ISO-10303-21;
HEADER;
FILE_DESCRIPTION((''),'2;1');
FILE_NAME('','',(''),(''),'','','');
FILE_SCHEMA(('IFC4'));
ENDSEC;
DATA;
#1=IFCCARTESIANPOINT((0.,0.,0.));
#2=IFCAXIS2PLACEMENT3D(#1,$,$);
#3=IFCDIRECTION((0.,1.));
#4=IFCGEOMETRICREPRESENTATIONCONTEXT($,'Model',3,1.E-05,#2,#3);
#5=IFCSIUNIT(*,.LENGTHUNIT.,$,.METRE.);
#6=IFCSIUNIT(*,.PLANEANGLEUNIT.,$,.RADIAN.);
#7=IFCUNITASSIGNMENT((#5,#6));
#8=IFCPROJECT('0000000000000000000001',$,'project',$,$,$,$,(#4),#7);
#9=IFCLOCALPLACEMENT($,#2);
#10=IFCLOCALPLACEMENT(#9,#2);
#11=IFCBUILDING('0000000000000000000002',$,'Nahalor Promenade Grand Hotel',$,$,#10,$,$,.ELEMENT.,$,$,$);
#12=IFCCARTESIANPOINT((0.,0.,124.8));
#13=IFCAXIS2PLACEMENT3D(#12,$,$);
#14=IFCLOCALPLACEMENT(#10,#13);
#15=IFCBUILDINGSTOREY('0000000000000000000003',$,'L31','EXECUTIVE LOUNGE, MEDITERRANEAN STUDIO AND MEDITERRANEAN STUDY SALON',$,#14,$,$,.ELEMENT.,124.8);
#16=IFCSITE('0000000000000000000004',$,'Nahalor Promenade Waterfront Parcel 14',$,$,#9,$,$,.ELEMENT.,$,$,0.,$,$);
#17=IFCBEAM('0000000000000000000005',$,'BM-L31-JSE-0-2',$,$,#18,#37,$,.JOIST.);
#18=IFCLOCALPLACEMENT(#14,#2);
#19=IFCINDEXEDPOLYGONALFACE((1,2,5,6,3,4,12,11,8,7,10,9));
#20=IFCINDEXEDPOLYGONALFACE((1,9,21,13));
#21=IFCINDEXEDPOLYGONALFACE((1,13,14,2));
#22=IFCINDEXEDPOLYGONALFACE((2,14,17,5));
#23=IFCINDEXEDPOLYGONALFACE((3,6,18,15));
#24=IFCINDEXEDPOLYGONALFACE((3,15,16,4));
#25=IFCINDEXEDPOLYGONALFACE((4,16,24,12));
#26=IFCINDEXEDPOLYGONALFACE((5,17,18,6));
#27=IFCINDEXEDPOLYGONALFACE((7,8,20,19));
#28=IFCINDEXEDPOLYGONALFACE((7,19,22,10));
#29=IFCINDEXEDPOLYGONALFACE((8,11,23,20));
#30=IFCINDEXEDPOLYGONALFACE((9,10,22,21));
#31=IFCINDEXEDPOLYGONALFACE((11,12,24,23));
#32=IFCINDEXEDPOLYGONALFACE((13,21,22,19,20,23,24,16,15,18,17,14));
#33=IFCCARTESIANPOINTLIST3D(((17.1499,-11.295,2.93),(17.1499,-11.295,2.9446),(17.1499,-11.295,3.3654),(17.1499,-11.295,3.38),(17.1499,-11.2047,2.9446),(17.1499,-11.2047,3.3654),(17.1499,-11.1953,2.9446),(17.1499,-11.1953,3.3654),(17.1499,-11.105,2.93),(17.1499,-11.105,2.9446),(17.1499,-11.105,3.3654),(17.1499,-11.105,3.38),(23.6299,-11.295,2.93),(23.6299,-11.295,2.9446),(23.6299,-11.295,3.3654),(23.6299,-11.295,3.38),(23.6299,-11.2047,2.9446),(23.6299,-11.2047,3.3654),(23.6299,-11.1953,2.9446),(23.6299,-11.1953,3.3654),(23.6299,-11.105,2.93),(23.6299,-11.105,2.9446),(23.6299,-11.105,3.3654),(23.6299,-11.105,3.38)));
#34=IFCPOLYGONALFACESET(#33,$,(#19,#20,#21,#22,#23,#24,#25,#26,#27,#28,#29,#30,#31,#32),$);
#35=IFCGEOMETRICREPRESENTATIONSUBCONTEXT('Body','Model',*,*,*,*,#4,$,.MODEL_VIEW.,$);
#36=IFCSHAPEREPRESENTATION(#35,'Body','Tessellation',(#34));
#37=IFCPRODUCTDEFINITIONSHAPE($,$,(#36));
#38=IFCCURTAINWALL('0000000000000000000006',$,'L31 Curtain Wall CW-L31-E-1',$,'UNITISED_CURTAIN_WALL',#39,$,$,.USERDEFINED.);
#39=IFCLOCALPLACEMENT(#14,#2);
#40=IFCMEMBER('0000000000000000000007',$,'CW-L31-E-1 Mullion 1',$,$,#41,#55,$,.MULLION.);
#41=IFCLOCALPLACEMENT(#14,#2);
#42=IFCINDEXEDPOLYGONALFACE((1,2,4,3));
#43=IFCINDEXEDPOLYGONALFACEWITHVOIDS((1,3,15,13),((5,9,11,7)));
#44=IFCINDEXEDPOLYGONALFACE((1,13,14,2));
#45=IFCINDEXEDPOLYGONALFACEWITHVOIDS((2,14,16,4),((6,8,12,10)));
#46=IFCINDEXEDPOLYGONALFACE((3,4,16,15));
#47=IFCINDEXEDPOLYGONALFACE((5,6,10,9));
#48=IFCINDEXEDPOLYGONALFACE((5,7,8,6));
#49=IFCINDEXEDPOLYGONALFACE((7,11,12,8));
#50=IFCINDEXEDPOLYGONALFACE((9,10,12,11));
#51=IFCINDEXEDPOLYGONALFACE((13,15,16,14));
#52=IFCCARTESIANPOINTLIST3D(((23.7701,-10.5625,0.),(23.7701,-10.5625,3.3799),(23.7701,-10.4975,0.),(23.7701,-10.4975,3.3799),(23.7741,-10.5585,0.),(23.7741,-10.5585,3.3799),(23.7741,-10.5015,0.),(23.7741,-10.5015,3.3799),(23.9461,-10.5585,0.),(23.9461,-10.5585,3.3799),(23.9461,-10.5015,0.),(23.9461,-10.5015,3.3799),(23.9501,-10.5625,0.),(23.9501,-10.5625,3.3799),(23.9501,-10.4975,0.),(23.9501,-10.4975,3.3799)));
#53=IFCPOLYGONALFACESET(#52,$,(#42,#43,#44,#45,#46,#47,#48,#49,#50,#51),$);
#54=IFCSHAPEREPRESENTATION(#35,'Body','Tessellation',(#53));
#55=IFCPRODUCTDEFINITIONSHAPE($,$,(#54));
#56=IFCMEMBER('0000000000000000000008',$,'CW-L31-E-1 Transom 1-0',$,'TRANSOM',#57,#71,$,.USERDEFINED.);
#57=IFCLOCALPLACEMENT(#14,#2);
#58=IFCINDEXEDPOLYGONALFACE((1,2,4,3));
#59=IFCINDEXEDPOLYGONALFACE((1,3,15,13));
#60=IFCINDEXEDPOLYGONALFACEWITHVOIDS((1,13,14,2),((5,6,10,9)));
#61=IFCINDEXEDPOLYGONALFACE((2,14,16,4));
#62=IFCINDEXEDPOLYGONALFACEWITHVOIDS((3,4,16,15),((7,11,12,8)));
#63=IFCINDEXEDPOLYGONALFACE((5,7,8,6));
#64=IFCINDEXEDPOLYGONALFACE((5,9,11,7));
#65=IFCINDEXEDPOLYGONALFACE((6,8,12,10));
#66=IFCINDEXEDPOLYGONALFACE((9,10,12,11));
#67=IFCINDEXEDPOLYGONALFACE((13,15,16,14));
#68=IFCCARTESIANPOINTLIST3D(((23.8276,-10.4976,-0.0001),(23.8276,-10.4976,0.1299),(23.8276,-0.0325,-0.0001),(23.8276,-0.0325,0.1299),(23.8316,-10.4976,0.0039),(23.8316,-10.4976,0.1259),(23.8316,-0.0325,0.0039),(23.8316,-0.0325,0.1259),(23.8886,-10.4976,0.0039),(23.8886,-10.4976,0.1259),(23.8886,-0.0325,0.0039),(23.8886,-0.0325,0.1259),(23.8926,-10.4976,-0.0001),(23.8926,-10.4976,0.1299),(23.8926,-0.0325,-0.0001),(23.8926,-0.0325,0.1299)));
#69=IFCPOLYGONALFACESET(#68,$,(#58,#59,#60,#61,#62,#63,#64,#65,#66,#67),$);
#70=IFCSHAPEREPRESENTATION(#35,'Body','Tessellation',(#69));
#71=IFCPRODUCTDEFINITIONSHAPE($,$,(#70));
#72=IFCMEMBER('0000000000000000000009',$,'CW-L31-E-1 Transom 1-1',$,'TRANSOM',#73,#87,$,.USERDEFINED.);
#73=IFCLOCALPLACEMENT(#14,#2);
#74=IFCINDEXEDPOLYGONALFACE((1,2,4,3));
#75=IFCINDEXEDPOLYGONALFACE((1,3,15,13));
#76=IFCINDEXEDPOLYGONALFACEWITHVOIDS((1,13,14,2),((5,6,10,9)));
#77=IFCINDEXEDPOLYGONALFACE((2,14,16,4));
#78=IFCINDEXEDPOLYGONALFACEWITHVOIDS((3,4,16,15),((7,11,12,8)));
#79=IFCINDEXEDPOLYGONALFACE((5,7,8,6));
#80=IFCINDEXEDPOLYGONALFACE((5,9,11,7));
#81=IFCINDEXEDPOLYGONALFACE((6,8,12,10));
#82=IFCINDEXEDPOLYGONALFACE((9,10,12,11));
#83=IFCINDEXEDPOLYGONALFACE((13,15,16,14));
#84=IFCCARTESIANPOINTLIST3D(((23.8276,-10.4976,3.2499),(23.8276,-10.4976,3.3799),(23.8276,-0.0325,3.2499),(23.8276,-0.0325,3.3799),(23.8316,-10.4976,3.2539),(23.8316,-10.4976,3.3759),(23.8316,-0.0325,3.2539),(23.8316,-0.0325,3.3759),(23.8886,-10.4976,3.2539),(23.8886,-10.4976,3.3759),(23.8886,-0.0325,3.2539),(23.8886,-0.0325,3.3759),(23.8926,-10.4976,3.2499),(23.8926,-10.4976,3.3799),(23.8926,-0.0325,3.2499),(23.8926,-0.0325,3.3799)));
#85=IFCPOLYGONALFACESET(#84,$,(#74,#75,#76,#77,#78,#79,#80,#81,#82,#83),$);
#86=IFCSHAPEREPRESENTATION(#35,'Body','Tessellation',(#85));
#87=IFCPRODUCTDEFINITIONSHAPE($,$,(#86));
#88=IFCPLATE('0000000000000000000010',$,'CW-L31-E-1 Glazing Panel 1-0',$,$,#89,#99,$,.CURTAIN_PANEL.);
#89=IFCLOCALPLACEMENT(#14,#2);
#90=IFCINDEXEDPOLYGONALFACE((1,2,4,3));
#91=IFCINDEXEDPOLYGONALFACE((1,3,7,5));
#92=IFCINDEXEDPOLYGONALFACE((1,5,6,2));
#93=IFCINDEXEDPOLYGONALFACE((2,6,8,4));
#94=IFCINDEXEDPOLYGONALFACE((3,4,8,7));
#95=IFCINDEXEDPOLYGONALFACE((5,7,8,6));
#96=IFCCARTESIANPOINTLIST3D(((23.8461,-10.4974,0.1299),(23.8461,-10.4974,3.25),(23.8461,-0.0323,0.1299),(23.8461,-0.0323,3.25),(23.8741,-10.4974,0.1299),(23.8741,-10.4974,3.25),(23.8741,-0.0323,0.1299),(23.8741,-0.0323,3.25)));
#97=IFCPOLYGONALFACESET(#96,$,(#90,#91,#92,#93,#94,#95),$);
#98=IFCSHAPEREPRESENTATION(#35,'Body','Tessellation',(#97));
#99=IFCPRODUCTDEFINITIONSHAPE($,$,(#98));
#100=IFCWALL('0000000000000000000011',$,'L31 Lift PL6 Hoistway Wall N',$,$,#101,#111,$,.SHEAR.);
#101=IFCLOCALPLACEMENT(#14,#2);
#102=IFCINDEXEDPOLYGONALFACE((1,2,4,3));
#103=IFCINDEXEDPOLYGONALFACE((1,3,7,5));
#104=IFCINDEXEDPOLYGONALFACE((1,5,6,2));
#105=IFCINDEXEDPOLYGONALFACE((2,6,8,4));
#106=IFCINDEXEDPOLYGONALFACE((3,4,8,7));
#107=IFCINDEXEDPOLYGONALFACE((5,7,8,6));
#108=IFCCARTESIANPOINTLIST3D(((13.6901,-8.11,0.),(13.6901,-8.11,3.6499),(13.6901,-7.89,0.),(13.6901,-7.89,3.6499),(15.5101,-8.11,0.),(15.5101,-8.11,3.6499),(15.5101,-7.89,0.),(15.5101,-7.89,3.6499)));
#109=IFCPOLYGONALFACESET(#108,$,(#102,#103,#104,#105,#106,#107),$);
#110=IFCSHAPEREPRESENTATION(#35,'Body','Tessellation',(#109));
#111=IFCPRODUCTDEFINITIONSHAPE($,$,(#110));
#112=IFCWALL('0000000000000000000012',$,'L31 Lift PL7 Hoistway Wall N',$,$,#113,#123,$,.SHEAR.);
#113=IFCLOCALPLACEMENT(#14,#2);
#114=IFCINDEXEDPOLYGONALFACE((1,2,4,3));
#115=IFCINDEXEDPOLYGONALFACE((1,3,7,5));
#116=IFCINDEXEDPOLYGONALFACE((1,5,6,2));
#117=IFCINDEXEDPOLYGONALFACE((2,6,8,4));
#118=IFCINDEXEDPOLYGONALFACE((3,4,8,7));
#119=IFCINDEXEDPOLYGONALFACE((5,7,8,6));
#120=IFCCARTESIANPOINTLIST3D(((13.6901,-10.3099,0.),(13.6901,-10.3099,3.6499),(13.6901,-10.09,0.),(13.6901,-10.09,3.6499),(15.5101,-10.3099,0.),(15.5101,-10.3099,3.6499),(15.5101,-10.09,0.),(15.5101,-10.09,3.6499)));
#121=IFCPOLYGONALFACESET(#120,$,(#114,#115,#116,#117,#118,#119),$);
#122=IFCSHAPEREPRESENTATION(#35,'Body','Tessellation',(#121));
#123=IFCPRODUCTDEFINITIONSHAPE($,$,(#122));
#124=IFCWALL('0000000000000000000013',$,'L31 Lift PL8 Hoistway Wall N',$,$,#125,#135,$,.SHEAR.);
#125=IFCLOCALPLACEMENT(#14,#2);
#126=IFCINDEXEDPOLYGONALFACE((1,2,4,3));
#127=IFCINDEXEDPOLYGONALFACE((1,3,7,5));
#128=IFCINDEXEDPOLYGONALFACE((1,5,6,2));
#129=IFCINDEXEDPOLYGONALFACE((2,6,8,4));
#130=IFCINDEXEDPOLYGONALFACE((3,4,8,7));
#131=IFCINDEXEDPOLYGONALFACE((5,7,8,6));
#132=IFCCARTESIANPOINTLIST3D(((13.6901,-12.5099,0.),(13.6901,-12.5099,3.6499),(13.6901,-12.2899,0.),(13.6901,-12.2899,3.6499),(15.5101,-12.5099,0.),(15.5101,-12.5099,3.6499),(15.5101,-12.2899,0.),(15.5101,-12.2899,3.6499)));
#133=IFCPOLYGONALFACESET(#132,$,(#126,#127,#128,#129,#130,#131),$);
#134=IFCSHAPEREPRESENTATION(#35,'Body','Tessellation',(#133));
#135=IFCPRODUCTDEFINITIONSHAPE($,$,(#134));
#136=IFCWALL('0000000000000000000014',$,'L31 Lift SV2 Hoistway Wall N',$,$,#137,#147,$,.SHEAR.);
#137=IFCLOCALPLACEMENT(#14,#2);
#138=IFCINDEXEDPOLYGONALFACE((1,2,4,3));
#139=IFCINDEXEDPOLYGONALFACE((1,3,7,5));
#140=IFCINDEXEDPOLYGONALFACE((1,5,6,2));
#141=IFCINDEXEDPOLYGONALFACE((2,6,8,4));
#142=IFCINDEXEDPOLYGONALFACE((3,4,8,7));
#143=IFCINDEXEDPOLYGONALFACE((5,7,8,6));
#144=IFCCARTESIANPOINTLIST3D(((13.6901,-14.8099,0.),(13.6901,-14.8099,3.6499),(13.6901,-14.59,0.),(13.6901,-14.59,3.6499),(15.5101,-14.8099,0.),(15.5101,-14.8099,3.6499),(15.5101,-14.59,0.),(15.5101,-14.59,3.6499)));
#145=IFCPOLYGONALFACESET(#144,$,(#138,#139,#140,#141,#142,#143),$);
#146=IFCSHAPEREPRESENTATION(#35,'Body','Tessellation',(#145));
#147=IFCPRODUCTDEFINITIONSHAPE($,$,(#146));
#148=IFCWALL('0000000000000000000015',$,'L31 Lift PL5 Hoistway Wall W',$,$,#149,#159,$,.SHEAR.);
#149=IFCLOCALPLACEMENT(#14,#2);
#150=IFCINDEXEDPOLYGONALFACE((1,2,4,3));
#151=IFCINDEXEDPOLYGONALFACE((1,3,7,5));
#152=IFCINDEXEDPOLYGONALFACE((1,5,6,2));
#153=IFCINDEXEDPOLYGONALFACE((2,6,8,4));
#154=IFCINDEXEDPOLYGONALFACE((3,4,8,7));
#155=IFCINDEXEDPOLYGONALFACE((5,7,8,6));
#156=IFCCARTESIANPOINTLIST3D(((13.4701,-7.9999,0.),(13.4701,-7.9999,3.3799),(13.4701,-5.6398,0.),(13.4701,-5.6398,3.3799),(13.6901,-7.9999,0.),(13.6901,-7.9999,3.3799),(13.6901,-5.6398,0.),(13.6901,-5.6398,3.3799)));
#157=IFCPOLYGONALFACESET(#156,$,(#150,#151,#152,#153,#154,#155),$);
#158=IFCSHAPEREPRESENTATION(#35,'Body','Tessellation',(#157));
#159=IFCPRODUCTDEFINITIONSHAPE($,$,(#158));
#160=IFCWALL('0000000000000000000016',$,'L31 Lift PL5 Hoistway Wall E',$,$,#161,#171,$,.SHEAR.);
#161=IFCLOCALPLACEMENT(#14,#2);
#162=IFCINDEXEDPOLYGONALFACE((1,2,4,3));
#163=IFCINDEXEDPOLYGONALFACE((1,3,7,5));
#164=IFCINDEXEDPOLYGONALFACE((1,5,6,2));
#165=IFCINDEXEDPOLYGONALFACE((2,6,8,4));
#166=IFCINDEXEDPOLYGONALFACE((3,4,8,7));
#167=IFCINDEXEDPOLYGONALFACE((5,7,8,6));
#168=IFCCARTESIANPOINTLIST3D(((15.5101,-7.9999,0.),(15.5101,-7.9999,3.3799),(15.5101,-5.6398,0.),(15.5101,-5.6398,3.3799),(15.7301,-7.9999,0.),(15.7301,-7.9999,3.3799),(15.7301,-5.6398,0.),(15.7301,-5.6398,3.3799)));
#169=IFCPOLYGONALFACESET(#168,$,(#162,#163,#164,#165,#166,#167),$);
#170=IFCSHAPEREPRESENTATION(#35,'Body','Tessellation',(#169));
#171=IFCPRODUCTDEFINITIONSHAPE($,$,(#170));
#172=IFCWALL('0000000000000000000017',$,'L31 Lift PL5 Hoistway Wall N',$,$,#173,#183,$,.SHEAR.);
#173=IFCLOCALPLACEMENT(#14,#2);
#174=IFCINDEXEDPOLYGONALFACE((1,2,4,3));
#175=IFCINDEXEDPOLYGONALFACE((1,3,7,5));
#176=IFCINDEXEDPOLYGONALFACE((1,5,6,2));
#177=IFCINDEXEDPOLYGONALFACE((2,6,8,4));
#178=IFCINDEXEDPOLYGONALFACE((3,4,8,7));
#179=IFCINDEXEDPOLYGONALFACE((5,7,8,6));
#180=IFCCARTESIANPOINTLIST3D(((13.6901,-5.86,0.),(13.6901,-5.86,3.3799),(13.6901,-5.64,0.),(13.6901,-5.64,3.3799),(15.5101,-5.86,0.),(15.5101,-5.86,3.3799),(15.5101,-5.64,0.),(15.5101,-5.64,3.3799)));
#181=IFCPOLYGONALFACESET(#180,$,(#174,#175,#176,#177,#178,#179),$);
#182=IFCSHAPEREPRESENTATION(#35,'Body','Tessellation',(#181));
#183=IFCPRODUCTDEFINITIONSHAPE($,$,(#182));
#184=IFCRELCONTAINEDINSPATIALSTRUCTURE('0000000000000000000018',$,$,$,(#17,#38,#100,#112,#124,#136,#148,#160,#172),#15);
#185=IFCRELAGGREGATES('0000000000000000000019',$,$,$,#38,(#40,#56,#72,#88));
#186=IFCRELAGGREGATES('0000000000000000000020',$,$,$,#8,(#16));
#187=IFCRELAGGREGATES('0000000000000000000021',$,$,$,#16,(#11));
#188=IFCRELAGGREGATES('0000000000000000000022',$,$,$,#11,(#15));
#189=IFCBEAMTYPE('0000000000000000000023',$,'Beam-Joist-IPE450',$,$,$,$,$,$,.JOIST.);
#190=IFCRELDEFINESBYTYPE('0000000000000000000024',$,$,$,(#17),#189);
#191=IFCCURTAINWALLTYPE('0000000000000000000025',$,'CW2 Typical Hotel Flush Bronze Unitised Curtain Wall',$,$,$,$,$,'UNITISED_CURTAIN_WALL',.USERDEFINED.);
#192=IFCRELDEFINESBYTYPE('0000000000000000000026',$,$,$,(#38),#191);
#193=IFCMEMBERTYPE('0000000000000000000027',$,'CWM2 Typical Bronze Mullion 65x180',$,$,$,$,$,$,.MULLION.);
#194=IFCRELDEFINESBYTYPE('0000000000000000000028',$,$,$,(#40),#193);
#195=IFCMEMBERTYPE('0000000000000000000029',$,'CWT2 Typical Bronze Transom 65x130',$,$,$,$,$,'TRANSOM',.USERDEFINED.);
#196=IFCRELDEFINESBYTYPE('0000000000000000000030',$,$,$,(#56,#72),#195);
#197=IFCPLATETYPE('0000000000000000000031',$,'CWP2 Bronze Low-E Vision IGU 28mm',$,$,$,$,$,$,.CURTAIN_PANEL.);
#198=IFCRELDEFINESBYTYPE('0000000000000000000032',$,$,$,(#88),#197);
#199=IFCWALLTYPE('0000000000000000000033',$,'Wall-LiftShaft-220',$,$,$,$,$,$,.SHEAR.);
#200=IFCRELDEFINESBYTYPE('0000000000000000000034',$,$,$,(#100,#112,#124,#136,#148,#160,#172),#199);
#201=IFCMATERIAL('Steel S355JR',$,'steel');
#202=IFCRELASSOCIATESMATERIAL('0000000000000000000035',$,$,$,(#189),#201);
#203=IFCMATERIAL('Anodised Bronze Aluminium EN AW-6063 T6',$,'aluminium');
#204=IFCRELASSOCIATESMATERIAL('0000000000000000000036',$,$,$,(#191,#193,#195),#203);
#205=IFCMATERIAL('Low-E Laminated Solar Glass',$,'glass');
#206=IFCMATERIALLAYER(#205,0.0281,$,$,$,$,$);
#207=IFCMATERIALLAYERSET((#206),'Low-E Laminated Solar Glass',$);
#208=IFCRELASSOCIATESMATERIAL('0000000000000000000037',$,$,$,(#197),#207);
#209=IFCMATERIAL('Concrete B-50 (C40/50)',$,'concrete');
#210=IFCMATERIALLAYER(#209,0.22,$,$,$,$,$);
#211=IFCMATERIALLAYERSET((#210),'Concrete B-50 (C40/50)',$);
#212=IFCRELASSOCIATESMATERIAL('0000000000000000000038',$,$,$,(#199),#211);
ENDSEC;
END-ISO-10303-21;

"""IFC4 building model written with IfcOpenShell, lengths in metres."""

from ifc_helpers import new_model, si_unit, direction, frame, frame_2d, origin, origin_2d, place, context, subcontext, project, spatial, rectangle, hollow_rectangle, i_section, extrude, source, transform, mapped, material, layer, layer_set, material_profile, profile_set, type_object, element, aggregate, save


model = new_model("IFC4")

# Units and contexts
model_context = context("Model", 3, precision=1e-05, world=origin(), true_north=direction((0.0, 1.0)))
body_context = subcontext(model_context, "Body", "Model", "MODEL_VIEW")
ifc_project = project(units=[si_unit("LENGTHUNIT", "METRE"), si_unit("PLANEANGLEUNIT", "RADIAN")], contexts=[model_context])

# Site, building, storey
site_placement = place(None, origin())
site = spatial("IfcSite", under=ifc_project, at=site_placement, Name="Nahalor Promenade Waterfront Parcel 14", CompositionType="ELEMENT", RefElevation=0.0)
building_placement = place(site_placement, origin())
building = spatial("IfcBuilding", under=site, at=building_placement, Name="Nahalor Promenade Grand Hotel", CompositionType="ELEMENT")
storey_placement = place(building_placement, frame((0.0, 0.0, 124.8)))
storey = spatial("IfcBuildingStorey", under=building, at=storey_placement, Name="L31", Description="EXECUTIVE LOUNGE, MEDITERRANEAN STUDIO AND MEDITERRANEAN STUDY SALON", CompositionType="ELEMENT", Elevation=124.8)

# Beam
ifc_material_1 = material(Name="Steel S355JR", Category="steel")
ifc_material_profile_1 = material_profile(ifc_material_1, i_section(OverallWidth=0.19, OverallDepth=0.45, WebThickness=0.0094, FlangeThickness=0.0146, at=origin_2d()), Name="IPE 450")
ifc_profile_set_1 = profile_set([ifc_material_profile_1], Name="Steel S355JR")
beam_type_1 = type_object("IfcBeamType", Name="Beam-Joist-IPE450", PredefinedType="JOIST", material=ifc_profile_set_1)
shared_shape_1 = source(origin(), body_context, "Body", "SweptSolid", [
    extrude(i_section(OverallWidth=0.19, OverallDepth=0.45, WebThickness=0.0094, FlangeThickness=0.0146, at=origin_2d()), origin(), (0.0, 0.0, 1.0), 6.48),
])
beam_1_placement = place(storey_placement, frame((17.1499, -11.2, 3.155), z_axis=(1.0, 0.0, 0.0), x_axis=(0.0, 1.0, 0.0)))
element("IfcBeam", 1, at=beam_1_placement, inside=storey, type_object=beam_type_1, Name="BM-L31-JSE-0-2", PredefinedType="JOIST", context=body_context, shape_type="MappedRepresentation", body=[
    mapped(shared_shape_1, transform((0.0, 0.0, 0.0), scale=1.0)),
])

# Curtain wall, members, plate
ifc_material_2 = material(Name="Anodised Bronze Aluminium EN AW-6063 T6", Category="aluminium")
curtain_wall_type = type_object("IfcCurtainWallType", Name="CW2 Typical Hotel Flush Bronze Unitised Curtain Wall", ElementType="UNITISED_CURTAIN_WALL", PredefinedType="USERDEFINED", material=ifc_material_2)
curtain_wall_placement = place(storey_placement, origin())
curtain_wall = element("IfcCurtainWall", 2, at=curtain_wall_placement, inside=storey, type_object=curtain_wall_type, Name="L31 Curtain Wall CW-L31-E-1", ObjectType="UNITISED_CURTAIN_WALL", PredefinedType="USERDEFINED")
ifc_material_profile_2 = material_profile(ifc_material_2, hollow_rectangle(XDim=0.065, YDim=0.18, WallThickness=0.004, at=origin_2d()), Name="CWM 65x180x4")
ifc_profile_set_2 = profile_set([ifc_material_profile_2], Name="Anodised Bronze Aluminium EN AW-6063 T6")
member_type_1 = type_object("IfcMemberType", Name="CWM2 Typical Bronze Mullion 65x180", PredefinedType="MULLION", material=ifc_profile_set_2)
shared_shape_2 = source(origin(), body_context, "Body", "SweptSolid", [
    extrude(hollow_rectangle(XDim=0.065, YDim=0.18, WallThickness=0.004, at=origin_2d()), origin(), (0.0, 0.0, 1.0), 3.3799),
])
member_1_placement = place(storey_placement, frame((23.8601, -10.53, 0.0), z_axis=(0.0, 0.0, 1.0), x_axis=(0.0, 1.0, 0.0)))
member_1 = element("IfcMember", 3, at=member_1_placement, type_object=member_type_1, Name="CW-L31-E-1 Mullion 1", PredefinedType="MULLION", context=body_context, shape_type="MappedRepresentation", body=[
    mapped(shared_shape_2, transform((0.0, 0.0, 0.0), scale=1.0)),
])
ifc_material_profile_3 = material_profile(ifc_material_2, hollow_rectangle(XDim=0.065, YDim=0.13, WallThickness=0.004, at=origin_2d()), Name="CWT 65x130x4")
ifc_profile_set_3 = profile_set([ifc_material_profile_3], Name="Anodised Bronze Aluminium EN AW-6063 T6")
member_type_2 = type_object("IfcMemberType", Name="CWT2 Typical Bronze Transom 65x130", ElementType="TRANSOM", PredefinedType="USERDEFINED", material=ifc_profile_set_3)
shared_shape_3 = source(origin(), body_context, "Body", "SweptSolid", [
    extrude(hollow_rectangle(XDim=0.065, YDim=0.13, WallThickness=0.004, at=origin_2d()), origin(), (0.0, 0.0, 1.0), 10.4651),
])
member_2_placement = place(storey_placement, frame((23.8601, -10.4976, 0.0649), z_axis=(0.0, 1.0, 0.0), x_axis=(-1.0, 0.0, 0.0)))
member_2 = element("IfcMember", 4, at=member_2_placement, type_object=member_type_2, Name="CW-L31-E-1 Transom 1-0", ObjectType="TRANSOM", PredefinedType="USERDEFINED", context=body_context, shape_type="MappedRepresentation", body=[
    mapped(shared_shape_3, transform((0.0, 0.0, 0.0), scale=1.0)),
])
member_3_placement = place(storey_placement, frame((23.8601, -10.4976, 3.3149), z_axis=(0.0, 1.0, 0.0), x_axis=(-1.0, 0.0, 0.0)))
member_3 = element("IfcMember", 5, at=member_3_placement, type_object=member_type_2, Name="CW-L31-E-1 Transom 1-1", ObjectType="TRANSOM", PredefinedType="USERDEFINED", context=body_context, shape_type="MappedRepresentation", body=[
    mapped(shared_shape_3, transform((0.0, 0.0, 0.0), scale=1.0)),
])
ifc_material_3 = material(Name="Low-E Laminated Solar Glass", Category="glass")
ifc_layer_1 = layer(ifc_material_3, 0.0281)
ifc_layer_set_1 = layer_set([ifc_layer_1], Name="Low-E Laminated Solar Glass")
plate_type = type_object("IfcPlateType", Name="CWP2 Bronze Low-E Vision IGU 28mm", PredefinedType="CURTAIN_PANEL", material=ifc_layer_set_1)
shared_shape_4 = source(origin(), body_context, "Body", "SweptSolid", [
    extrude(rectangle(XDim=10.4651, YDim=0.0281, at=origin_2d()), origin(), (0.0, 0.0, 1.0), 3.1201),
])
plate_placement = place(storey_placement, frame((23.8601, -5.2649, 0.1299), z_axis=(0.0, 0.0, 1.0), x_axis=(0.0, 1.0, 0.0)))
plate = element("IfcPlate", 6, at=plate_placement, type_object=plate_type, Name="CW-L31-E-1 Glazing Panel 1-0", PredefinedType="CURTAIN_PANEL", context=body_context, shape_type="MappedRepresentation", body=[
    mapped(shared_shape_4, transform((0.0, 0.0, 0.0), scale=1.0)),
])
aggregate(curtain_wall, [member_1, member_2, member_3, plate])

# Walls
ifc_material_4 = material(Name="Concrete B-50 (C40/50)", Category="concrete")
ifc_layer_2 = layer(ifc_material_4, 0.22)
ifc_layer_set_2 = layer_set([ifc_layer_2], Name="Concrete B-50 (C40/50)")
wall_type = type_object("IfcWallType", Name="Wall-LiftShaft-220", PredefinedType="SHEAR", material=ifc_layer_set_2)
shared_shape_5 = source(origin(), body_context, "Body", "SweptSolid", [
    extrude(rectangle(XDim=1.8201, YDim=0.22, at=frame_2d((0.9102, 0.0))), origin(), (0.0, 0.0, 1.0), 3.6499),
])
for number, where, z_axis, x_axis, name in (
    (7, (13.6899, -8.0, 0.0), (0.0, 0.0, 1.0), (1.0, 0.0, 0.0), "L31 Lift PL6 Hoistway Wall N"),
    (8, (13.6899, -10.2, 0.0), (0.0, 0.0, 1.0), (1.0, 0.0, 0.0), "L31 Lift PL7 Hoistway Wall N"),
    (9, (13.6899, -12.3999, 0.0), (0.0, 0.0, 1.0), (1.0, 0.0, 0.0), "L31 Lift PL8 Hoistway Wall N"),
    (10, (13.6899, -14.7, 0.0), (0.0, 0.0, 1.0), (1.0, 0.0, 0.0), "L31 Lift SV2 Hoistway Wall N"),
):
    element("IfcWall", number, at=place(storey_placement, frame(where, z_axis=z_axis, x_axis=x_axis)), inside=storey, type_object=wall_type, Name=name, PredefinedType="SHEAR", context=body_context, shape_type="MappedRepresentation", body=[
        mapped(shared_shape_5, transform((0.0, 0.0, 0.0), scale=1.0)),
    ])
shared_shape_6 = source(origin(), body_context, "Body", "SweptSolid", [
    extrude(rectangle(XDim=2.3601, YDim=0.22, at=frame_2d((1.1802, 0.0))), origin(), (0.0, 0.0, 1.0), 3.3799),
])
for number, where, z_axis, x_axis, name in (
    (11, (13.5801, -8.0, 0.0), (0.0, 0.0, 1.0), (0.0, 1.0, 0.0), "L31 Lift PL5 Hoistway Wall W"),
    (12, (15.6201, -8.0, 0.0), (0.0, 0.0, 1.0), (0.0, 1.0, 0.0), "L31 Lift PL5 Hoistway Wall E"),
):
    element("IfcWall", number, at=place(storey_placement, frame(where, z_axis=z_axis, x_axis=x_axis)), inside=storey, type_object=wall_type, Name=name, PredefinedType="SHEAR", context=body_context, shape_type="MappedRepresentation", body=[
        mapped(shared_shape_6, transform((0.0, 0.0, 0.0), scale=1.0)),
    ])
shared_shape_7 = source(origin(), body_context, "Body", "SweptSolid", [
    extrude(rectangle(XDim=1.8201, YDim=0.22, at=frame_2d((0.9102, 0.0))), origin(), (0.0, 0.0, 1.0), 3.3799),
])
wall_placement = place(storey_placement, frame((13.6899, -5.75, 0.0), z_axis=(0.0, 0.0, 1.0), x_axis=(1.0, 0.0, 0.0)))
element("IfcWall", 13, at=wall_placement, inside=storey, type_object=wall_type, Name="L31 Lift PL5 Hoistway Wall N", PredefinedType="SHEAR", context=body_context, shape_type="MappedRepresentation", body=[
    mapped(shared_shape_7, transform((0.0, 0.0, 0.0), scale=1.0)),
])

save(model, "model.ifc")
